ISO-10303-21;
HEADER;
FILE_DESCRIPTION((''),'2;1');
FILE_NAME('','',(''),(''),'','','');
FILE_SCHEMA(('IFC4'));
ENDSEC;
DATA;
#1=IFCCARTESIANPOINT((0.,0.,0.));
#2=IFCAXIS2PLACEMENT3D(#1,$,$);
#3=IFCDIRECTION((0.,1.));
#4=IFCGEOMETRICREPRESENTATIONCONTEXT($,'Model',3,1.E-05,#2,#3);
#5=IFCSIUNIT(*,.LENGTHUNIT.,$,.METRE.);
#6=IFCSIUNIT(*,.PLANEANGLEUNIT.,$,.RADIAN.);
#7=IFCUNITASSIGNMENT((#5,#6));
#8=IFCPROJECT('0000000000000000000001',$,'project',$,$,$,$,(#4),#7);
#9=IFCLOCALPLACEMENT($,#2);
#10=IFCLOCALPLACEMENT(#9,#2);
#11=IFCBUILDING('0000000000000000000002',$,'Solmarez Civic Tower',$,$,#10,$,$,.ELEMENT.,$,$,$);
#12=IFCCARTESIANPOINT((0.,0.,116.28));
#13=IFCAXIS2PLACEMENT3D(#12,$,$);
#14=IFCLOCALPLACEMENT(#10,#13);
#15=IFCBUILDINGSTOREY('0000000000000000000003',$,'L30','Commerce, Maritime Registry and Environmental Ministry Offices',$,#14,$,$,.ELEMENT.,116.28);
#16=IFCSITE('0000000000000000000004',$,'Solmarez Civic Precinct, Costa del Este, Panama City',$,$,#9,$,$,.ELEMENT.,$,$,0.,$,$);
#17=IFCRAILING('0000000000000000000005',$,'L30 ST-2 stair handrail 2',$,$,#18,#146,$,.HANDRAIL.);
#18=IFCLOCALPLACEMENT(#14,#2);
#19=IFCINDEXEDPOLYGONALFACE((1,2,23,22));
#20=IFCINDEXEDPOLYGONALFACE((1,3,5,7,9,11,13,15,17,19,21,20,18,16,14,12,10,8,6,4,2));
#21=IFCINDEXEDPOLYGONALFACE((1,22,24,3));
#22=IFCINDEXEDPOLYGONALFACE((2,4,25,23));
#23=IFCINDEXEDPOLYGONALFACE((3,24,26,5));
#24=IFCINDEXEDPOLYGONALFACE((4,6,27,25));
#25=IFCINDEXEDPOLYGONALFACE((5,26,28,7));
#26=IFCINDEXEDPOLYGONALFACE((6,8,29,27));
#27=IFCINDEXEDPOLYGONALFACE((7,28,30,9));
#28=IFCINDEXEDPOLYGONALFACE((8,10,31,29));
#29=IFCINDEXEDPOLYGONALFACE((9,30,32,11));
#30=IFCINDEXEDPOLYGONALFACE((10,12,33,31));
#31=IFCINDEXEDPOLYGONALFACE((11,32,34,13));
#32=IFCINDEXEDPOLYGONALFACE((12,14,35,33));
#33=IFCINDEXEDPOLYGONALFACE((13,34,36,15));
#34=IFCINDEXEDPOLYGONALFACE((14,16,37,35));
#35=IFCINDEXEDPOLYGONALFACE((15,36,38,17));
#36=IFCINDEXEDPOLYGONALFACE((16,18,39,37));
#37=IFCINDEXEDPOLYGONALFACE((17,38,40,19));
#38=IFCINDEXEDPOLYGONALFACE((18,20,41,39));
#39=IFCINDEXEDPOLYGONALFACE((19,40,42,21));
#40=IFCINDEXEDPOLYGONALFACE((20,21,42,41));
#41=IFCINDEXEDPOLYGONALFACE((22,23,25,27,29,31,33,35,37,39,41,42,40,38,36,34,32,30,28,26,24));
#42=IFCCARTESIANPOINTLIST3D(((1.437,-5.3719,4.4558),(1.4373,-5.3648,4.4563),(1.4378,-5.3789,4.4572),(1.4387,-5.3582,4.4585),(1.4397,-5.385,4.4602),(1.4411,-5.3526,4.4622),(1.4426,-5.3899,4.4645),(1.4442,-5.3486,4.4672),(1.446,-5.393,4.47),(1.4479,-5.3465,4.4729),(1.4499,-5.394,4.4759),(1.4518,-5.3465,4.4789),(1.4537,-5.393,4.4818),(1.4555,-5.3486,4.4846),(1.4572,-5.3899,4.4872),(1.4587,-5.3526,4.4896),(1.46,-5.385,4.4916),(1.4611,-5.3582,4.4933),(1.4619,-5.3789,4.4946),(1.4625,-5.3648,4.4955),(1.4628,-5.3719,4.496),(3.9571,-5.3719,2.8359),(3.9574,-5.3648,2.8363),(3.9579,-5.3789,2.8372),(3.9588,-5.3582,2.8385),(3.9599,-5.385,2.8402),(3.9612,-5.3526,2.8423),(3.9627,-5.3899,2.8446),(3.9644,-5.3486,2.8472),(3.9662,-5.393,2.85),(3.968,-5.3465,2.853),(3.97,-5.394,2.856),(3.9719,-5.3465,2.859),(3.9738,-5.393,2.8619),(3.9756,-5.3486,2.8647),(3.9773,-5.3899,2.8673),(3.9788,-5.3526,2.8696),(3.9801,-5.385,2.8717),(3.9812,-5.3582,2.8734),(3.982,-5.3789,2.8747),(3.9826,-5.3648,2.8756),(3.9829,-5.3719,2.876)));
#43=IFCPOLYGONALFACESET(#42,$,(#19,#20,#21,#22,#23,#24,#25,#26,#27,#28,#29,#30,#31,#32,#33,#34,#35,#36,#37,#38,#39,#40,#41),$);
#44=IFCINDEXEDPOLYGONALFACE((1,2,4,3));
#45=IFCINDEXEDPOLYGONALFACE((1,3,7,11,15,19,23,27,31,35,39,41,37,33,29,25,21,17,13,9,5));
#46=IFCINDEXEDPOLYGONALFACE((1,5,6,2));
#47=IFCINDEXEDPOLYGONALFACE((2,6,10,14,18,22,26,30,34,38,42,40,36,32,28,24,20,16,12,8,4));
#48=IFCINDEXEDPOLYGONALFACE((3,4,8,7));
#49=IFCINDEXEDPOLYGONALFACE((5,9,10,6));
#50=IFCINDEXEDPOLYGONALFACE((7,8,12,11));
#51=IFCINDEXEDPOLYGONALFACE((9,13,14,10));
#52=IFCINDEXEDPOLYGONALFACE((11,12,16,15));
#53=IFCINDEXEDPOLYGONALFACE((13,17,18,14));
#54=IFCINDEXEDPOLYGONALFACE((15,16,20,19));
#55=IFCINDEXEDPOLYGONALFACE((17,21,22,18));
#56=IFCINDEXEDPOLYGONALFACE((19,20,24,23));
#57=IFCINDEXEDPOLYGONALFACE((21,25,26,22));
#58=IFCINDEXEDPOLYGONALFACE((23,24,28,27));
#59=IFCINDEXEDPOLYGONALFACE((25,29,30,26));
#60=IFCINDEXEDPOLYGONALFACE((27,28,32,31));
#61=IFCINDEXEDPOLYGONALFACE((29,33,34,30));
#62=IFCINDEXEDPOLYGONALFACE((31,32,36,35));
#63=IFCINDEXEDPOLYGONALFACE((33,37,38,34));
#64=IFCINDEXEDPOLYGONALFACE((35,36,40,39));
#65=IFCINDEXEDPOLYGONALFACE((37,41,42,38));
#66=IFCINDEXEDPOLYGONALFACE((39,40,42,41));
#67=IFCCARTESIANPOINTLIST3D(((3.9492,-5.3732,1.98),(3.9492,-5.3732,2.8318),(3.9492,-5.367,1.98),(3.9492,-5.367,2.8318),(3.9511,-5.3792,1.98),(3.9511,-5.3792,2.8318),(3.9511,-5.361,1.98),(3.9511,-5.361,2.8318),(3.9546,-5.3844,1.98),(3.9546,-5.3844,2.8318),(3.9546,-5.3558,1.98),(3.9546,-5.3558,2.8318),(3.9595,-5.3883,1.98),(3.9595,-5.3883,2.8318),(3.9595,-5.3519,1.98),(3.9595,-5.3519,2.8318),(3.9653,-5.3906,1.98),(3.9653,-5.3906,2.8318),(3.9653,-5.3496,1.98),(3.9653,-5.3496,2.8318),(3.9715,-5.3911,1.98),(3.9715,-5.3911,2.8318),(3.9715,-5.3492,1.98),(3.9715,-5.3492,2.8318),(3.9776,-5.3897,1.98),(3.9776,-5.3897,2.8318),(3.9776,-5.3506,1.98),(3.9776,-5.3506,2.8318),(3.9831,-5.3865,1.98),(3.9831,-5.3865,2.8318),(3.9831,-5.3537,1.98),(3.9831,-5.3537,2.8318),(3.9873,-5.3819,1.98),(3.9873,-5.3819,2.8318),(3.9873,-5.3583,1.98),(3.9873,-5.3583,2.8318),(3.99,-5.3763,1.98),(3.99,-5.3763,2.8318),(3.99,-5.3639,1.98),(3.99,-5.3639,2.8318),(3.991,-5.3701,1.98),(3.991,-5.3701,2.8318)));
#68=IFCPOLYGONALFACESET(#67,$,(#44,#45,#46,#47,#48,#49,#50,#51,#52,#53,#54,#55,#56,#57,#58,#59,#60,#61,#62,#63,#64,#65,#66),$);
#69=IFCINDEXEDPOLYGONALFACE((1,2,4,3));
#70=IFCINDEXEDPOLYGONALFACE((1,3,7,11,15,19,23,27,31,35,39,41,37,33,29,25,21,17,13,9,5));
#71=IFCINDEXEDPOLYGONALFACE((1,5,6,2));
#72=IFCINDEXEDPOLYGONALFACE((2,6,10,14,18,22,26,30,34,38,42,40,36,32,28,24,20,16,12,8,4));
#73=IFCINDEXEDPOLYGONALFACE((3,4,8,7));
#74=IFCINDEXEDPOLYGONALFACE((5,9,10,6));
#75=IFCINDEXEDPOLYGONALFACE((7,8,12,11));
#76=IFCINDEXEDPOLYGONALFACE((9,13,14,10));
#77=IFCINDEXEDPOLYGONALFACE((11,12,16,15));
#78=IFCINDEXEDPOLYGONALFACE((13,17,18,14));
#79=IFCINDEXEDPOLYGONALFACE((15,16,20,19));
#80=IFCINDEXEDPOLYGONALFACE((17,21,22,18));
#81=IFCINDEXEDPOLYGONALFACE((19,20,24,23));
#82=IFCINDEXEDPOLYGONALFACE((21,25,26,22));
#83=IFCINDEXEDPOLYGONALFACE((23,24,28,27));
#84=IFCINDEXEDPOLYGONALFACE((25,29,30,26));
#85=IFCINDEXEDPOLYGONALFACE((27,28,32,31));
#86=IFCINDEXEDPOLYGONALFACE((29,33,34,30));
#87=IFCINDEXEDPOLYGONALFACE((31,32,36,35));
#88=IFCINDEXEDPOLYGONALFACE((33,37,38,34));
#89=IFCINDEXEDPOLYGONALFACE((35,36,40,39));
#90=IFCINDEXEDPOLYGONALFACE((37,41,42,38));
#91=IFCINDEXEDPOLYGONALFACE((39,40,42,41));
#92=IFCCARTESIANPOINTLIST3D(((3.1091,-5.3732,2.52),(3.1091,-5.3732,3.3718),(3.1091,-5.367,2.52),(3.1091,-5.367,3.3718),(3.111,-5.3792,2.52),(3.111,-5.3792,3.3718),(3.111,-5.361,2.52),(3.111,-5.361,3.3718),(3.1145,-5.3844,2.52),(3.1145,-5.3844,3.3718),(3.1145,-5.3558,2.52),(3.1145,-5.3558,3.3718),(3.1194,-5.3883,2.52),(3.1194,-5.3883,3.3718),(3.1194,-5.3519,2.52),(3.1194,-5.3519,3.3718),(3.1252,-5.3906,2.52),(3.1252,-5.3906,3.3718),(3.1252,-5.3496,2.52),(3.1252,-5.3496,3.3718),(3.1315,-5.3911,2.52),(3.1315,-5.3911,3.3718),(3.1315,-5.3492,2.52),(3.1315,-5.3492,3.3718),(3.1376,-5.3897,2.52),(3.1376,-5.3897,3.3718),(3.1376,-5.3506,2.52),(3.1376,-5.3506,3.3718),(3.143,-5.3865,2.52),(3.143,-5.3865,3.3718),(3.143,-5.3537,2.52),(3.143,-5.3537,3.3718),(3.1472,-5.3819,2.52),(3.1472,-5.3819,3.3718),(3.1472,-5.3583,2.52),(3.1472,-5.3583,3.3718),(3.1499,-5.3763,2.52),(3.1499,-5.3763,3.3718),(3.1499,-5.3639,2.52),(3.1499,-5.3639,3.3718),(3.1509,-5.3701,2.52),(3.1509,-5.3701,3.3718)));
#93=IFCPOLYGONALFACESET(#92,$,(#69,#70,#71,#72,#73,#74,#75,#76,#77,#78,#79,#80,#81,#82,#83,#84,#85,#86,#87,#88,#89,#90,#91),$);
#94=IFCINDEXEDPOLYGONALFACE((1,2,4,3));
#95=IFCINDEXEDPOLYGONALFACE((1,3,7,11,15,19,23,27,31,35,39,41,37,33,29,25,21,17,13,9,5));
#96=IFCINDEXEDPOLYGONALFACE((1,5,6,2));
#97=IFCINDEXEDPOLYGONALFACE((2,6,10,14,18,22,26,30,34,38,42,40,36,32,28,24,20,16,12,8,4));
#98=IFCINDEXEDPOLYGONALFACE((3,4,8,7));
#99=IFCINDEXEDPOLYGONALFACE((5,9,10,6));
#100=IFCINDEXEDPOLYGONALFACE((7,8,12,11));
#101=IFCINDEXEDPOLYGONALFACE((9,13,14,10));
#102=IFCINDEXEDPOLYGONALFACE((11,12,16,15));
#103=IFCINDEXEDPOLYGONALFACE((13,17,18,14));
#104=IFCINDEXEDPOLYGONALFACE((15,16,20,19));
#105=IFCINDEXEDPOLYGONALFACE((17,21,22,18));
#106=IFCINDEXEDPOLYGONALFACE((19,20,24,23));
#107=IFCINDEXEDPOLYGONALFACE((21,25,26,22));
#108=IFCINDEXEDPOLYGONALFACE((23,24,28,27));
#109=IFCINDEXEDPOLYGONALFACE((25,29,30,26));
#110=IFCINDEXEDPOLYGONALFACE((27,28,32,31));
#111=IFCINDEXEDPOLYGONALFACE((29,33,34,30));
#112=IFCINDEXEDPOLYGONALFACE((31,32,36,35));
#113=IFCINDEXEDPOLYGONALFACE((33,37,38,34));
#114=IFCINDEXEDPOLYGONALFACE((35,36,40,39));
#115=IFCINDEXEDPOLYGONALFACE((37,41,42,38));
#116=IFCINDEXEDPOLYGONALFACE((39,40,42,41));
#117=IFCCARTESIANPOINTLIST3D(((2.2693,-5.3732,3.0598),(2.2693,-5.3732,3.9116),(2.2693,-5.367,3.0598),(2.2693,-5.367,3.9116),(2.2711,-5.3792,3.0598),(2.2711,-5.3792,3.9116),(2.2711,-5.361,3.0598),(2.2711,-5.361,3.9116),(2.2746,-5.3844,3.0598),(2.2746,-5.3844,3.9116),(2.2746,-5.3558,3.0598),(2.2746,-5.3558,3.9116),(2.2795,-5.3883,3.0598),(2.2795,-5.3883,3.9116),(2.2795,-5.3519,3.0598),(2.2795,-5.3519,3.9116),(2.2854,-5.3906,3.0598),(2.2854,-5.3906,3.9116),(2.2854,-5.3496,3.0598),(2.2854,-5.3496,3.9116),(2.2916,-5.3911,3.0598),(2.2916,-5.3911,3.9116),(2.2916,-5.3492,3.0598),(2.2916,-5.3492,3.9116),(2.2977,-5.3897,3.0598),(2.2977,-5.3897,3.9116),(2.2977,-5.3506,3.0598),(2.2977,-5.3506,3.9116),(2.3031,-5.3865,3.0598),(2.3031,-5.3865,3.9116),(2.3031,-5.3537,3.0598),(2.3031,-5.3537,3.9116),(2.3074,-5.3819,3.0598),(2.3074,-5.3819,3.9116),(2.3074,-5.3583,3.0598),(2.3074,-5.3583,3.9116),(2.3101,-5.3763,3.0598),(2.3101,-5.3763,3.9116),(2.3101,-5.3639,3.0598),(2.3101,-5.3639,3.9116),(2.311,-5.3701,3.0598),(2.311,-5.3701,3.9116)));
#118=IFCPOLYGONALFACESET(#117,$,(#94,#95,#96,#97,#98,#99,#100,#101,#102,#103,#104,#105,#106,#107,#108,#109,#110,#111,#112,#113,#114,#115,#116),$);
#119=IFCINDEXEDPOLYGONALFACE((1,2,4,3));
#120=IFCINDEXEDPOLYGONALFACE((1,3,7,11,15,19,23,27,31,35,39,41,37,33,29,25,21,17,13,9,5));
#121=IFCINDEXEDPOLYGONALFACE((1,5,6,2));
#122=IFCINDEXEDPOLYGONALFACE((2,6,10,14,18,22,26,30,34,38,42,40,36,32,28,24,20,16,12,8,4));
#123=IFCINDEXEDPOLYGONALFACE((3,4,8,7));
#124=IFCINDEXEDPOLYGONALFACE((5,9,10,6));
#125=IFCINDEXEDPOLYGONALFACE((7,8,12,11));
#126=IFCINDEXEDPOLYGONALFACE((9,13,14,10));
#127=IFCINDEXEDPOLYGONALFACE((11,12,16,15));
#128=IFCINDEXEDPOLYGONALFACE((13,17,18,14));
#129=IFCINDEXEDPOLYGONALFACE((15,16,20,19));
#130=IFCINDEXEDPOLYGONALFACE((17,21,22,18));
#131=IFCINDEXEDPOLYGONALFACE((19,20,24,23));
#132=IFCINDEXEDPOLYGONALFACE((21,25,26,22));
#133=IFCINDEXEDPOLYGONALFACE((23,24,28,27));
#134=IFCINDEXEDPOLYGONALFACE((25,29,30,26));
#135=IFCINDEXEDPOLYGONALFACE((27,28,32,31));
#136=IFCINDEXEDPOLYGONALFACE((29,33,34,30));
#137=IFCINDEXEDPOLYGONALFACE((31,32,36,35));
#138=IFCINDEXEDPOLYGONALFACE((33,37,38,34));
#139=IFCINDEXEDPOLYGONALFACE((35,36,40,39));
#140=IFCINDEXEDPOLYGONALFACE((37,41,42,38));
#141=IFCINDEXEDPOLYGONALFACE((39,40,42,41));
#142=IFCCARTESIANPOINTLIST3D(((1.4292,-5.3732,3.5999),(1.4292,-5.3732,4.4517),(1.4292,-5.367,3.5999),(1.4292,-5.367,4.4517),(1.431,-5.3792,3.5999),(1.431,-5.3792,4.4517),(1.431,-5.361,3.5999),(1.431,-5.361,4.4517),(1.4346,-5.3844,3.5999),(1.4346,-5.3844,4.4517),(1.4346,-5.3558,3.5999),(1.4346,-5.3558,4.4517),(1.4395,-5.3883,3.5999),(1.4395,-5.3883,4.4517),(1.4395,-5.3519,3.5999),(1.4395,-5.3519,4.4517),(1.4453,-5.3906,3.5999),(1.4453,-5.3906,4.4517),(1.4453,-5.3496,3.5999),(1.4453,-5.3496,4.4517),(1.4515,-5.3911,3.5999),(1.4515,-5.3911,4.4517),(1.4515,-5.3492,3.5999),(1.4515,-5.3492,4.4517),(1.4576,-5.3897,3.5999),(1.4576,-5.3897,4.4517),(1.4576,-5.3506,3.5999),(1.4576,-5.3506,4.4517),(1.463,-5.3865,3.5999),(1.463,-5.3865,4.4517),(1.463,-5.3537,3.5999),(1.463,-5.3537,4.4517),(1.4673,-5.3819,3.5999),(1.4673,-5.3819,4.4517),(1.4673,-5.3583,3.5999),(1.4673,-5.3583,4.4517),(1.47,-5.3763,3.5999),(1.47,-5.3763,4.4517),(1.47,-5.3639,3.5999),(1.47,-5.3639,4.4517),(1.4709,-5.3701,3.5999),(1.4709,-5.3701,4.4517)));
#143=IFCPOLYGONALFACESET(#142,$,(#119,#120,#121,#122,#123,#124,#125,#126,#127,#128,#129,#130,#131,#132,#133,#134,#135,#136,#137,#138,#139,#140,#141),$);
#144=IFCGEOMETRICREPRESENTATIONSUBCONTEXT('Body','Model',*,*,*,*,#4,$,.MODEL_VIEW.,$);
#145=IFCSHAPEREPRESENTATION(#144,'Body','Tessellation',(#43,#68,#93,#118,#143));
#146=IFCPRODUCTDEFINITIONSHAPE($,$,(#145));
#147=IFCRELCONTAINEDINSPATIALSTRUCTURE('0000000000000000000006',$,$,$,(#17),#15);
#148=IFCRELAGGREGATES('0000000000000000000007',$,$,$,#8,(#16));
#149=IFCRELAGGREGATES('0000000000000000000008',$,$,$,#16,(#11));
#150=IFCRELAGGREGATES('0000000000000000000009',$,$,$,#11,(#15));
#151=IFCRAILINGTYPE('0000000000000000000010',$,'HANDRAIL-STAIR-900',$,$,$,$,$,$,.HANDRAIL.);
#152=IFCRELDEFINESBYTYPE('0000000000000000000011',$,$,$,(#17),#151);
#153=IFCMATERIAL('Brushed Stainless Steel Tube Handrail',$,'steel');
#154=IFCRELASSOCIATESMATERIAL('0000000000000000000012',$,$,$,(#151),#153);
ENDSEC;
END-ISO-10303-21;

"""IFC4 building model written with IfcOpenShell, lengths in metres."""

from ifc_helpers import new_model, si_unit, direction, frame, origin, origin_2d, place, context, subcontext, project, spatial, circle, extrude, material, type_object, element, save


model = new_model("IFC4")

# Units and contexts
model_context = context("Model", 3, precision=1e-05, world=origin(), true_north=direction((0.0, 1.0)))
body_context = subcontext(model_context, "Body", "Model", "MODEL_VIEW")
ifc_project = project(units=[si_unit("LENGTHUNIT", "METRE"), si_unit("PLANEANGLEUNIT", "RADIAN")], contexts=[model_context])

# Site, building, storey
site_placement = place(None, origin())
site = spatial("IfcSite", under=ifc_project, at=site_placement, Name="Solmarez Civic Precinct, Costa del Este, Panama City", CompositionType="ELEMENT", RefElevation=0.0)
building_placement = place(site_placement, origin())
building = spatial("IfcBuilding", under=site, at=building_placement, Name="Solmarez Civic Tower", CompositionType="ELEMENT")
storey_placement = place(building_placement, frame((0.0, 0.0, 116.28)))
storey = spatial("IfcBuildingStorey", under=building, at=storey_placement, Name="L30", Description="Commerce, Maritime Registry and Environmental Ministry Offices", CompositionType="ELEMENT", Elevation=116.28)

# Railing
ifc_material_1 = material(Name="Brushed Stainless Steel Tube Handrail", Category="steel")
railing_type_1 = type_object("IfcRailingType", Name="HANDRAIL-STAIR-900", PredefinedType="HANDRAIL", material=ifc_material_1)
railing_1_placement = place(storey_placement, frame((3.97, -5.3701, 1.98)))
element("IfcRailing", 1, at=railing_1_placement, inside=storey, type_object=railing_type_1, Name="L30 ST-2 stair handrail 2", PredefinedType="HANDRAIL", context=body_context, shape_type="SweptSolid", body=[
    extrude(circle(Radius=0.0239, at=origin_2d()), frame((0.0, 0.0, 0.876), z_axis=(-0.8412, 0.0, 0.540725), x_axis=(0.0, -1.0, 0.0)), (0.0, 0.0, 1.0), 2.9958),
    extrude(circle(Radius=0.021, at=origin_2d()), origin(), (0.0, 0.0, 1.0), 0.8518),
    extrude(circle(Radius=0.021, at=origin_2d()), frame((-0.8401, 0.0, 0.54)), (0.0, 0.0, 1.0), 0.8518),
    extrude(circle(Radius=0.021, at=origin_2d()), frame((-1.6799, 0.0, 1.0798)), (0.0, 0.0, 1.0), 0.8518),
    extrude(circle(Radius=0.021, at=origin_2d()), frame((-2.52, 0.0, 1.6199)), (0.0, 0.0, 1.0), 0.8518),
])

save(model, "model.ifc")
